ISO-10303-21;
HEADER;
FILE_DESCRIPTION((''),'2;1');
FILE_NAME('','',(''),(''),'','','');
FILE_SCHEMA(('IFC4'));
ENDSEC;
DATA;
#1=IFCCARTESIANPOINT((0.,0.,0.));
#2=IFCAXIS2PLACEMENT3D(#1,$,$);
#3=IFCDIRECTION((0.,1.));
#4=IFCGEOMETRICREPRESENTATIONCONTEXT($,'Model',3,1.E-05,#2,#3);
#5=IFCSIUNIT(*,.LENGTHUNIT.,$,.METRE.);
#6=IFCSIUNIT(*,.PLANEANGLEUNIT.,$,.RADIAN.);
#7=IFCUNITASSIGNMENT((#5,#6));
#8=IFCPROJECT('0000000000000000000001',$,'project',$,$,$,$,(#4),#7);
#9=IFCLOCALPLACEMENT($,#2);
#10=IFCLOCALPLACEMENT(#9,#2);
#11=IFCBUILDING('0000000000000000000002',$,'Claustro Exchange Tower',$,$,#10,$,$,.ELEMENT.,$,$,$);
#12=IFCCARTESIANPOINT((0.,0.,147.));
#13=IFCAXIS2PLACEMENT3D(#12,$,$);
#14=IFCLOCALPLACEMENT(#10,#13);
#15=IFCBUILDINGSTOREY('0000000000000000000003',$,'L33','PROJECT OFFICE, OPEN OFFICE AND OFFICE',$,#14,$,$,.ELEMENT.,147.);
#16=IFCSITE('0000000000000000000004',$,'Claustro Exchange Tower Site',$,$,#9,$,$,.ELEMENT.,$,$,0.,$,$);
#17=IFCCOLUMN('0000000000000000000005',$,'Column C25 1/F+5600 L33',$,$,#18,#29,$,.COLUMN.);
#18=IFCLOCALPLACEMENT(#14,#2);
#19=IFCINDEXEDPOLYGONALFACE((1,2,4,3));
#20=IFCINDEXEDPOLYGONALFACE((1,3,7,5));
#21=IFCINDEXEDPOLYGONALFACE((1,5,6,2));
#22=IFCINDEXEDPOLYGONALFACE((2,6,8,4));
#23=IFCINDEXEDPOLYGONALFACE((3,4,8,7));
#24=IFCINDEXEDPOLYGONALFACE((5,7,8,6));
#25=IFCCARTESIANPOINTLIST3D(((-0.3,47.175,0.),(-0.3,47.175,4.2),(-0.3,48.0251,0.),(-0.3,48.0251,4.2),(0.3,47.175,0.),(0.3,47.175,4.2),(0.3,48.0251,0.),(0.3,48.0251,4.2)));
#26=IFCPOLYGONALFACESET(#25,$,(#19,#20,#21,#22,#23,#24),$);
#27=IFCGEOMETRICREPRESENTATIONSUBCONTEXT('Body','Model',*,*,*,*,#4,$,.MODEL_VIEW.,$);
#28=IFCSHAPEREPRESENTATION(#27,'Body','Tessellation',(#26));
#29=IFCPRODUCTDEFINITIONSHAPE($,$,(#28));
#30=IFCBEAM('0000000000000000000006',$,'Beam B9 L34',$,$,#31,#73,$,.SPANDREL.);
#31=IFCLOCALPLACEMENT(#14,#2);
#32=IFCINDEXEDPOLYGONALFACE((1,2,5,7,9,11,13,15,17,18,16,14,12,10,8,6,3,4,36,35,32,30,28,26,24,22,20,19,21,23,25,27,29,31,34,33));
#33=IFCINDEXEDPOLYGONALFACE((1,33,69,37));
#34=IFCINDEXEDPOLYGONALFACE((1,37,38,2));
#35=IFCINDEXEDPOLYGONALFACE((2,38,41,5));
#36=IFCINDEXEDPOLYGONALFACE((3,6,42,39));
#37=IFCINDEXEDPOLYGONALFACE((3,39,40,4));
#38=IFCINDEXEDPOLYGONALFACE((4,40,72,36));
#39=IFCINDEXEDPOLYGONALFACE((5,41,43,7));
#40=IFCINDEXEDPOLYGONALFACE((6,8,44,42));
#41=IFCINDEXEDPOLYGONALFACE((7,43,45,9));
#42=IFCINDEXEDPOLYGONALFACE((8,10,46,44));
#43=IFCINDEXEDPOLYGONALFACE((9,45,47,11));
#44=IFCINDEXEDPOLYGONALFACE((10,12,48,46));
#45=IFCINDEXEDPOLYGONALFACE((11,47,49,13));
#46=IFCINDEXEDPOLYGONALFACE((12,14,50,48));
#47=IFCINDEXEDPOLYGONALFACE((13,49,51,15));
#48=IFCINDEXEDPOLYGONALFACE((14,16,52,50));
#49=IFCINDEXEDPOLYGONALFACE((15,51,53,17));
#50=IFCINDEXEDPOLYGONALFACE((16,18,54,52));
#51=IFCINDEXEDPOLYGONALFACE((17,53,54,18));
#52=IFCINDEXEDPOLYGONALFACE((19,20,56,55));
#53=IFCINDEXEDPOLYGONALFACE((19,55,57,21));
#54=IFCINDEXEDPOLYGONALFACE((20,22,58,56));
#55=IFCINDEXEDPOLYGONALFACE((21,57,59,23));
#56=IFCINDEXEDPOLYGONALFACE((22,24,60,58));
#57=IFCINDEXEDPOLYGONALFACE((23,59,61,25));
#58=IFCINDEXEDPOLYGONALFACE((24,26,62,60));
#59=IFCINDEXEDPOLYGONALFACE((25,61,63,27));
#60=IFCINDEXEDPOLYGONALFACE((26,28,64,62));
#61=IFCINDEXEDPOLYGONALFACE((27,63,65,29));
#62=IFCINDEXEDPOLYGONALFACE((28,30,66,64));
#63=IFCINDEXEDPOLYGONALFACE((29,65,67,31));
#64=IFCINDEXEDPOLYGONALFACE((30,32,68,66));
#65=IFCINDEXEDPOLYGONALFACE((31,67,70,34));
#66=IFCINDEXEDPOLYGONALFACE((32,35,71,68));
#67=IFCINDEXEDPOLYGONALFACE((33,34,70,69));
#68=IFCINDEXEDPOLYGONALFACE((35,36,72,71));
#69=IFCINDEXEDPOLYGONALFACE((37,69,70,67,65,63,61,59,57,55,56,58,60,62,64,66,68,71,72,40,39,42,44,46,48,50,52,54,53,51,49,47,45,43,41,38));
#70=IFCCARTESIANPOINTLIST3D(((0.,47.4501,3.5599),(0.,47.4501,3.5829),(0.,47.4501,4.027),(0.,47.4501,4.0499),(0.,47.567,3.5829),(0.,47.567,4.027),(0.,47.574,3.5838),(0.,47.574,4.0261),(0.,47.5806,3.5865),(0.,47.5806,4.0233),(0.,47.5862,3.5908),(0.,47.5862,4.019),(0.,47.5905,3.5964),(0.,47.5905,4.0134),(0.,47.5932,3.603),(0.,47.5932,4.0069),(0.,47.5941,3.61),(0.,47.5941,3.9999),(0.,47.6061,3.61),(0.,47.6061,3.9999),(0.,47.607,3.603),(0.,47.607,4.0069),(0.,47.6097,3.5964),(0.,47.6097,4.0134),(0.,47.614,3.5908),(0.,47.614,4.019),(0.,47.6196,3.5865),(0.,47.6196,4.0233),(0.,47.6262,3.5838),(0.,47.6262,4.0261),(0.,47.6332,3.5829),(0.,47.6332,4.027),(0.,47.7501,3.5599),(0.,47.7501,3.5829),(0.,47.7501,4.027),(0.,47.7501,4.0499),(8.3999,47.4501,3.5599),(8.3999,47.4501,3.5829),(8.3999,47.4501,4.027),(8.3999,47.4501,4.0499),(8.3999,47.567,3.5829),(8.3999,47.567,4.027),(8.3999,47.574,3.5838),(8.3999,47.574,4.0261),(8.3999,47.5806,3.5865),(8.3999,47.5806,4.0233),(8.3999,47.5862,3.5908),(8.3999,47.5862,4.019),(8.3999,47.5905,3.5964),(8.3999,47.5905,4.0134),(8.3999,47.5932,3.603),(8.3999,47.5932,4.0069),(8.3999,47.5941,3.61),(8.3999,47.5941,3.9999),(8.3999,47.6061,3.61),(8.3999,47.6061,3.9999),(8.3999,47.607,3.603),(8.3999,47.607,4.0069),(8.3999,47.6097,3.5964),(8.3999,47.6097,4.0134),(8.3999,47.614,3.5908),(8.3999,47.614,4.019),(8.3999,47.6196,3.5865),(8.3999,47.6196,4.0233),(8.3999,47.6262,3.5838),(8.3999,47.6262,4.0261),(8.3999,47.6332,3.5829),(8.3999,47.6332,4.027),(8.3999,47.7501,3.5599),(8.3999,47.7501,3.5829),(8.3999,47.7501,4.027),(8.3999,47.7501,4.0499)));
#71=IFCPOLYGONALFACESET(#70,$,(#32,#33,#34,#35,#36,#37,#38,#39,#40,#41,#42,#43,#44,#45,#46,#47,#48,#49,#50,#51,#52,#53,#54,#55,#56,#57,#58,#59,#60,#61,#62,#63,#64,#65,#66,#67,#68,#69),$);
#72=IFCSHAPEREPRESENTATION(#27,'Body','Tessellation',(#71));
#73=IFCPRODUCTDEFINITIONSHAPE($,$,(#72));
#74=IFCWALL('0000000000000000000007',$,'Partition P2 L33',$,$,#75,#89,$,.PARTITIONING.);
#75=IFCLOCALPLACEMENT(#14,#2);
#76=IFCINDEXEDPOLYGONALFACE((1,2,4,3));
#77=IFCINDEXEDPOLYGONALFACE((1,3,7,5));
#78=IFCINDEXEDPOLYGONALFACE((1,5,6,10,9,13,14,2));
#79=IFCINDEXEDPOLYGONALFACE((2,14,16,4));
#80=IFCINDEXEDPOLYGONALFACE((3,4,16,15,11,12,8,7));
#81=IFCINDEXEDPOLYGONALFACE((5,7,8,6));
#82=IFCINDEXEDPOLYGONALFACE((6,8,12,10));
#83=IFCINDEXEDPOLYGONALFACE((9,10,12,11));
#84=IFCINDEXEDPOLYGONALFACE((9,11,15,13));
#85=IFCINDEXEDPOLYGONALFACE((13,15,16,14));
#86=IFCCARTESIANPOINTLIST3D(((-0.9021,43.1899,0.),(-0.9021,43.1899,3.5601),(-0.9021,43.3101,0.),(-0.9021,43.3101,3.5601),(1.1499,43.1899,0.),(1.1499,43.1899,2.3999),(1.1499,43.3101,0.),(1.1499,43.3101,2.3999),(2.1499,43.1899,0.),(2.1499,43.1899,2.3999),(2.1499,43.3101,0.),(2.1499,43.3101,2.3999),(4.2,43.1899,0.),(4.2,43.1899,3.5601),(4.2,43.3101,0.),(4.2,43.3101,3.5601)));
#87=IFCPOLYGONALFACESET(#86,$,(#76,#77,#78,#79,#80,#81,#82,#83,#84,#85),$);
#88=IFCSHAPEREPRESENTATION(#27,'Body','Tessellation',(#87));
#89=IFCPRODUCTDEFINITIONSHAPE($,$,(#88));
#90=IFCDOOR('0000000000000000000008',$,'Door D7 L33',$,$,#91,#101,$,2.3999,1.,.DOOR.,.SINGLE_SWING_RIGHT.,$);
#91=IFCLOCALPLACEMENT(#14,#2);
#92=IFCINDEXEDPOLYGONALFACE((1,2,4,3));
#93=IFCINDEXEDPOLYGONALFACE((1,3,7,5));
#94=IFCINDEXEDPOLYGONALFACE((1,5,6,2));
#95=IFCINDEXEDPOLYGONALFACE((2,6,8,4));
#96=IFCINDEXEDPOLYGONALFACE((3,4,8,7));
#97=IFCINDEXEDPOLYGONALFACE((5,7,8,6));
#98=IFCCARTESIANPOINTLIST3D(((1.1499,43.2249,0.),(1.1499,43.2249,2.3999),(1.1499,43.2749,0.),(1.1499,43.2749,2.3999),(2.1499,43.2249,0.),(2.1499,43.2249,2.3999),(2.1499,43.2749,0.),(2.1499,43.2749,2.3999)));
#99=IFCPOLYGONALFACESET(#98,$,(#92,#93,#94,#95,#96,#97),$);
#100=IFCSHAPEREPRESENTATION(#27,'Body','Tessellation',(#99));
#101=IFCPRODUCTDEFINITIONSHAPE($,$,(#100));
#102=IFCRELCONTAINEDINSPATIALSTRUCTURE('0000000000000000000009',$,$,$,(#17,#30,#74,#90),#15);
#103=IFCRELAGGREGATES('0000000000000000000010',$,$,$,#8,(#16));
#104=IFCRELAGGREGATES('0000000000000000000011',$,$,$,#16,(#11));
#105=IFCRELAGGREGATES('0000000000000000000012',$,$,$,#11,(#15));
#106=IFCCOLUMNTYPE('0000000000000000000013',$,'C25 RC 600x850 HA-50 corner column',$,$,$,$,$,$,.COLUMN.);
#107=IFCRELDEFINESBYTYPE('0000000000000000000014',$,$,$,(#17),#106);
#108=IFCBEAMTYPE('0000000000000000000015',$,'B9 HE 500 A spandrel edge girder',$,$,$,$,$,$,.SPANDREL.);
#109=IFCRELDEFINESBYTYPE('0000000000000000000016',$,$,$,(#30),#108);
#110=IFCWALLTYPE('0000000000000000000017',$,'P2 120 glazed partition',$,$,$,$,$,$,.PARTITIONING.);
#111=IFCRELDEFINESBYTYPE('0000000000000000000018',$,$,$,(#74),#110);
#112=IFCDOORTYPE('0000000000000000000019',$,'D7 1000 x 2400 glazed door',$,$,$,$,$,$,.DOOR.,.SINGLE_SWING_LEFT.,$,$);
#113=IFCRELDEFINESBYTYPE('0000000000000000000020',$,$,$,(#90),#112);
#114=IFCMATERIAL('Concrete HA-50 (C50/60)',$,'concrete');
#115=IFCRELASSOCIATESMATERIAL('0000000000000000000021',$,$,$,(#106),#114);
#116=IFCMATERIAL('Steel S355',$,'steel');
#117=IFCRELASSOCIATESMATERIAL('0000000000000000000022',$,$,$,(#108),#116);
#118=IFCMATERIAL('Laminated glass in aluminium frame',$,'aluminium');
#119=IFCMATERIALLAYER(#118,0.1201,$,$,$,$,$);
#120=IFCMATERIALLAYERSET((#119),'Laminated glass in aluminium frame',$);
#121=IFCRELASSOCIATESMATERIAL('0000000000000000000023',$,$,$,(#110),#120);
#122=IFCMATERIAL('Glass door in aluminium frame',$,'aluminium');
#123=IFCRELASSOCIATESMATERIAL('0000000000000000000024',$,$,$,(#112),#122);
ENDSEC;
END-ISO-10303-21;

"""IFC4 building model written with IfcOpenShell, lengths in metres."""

from ifc_helpers import new_model, si_unit, direction, frame, frame_2d, origin, origin_2d, place, context, subcontext, project, spatial, rectangle, i_section, extrude, material, layer, layer_set, material_profile, profile_set, type_object, element, fill, save


model = new_model("IFC4")

# Units and contexts
model_context = context("Model", 3, precision=1e-05, world=origin(), true_north=direction((0.0, 1.0)))
body_context = subcontext(model_context, "Body", "Model", "MODEL_VIEW")
ifc_project = project(units=[si_unit("LENGTHUNIT", "METRE"), si_unit("PLANEANGLEUNIT", "RADIAN")], contexts=[model_context])

# Site, building, storey
site_placement = place(None, origin())
site = spatial("IfcSite", under=ifc_project, at=site_placement, Name="Claustro Exchange Tower Site", CompositionType="ELEMENT", RefElevation=0.0)
building_placement = place(site_placement, origin())
building = spatial("IfcBuilding", under=site, at=building_placement, Name="Claustro Exchange Tower", CompositionType="ELEMENT")
storey_placement = place(building_placement, frame((0.0, 0.0, 147.0)))
storey = spatial("IfcBuildingStorey", under=building, at=storey_placement, Name="L33", Description="PROJECT OFFICE, OPEN OFFICE AND OFFICE", CompositionType="ELEMENT", Elevation=147.0)

# Column
ifc_material_1 = material(Name="Concrete HA-50 (C50/60)", Category="concrete")
ifc_material_profile_1 = material_profile(ifc_material_1, rectangle(XDim=0.6001, YDim=0.8501, at=origin_2d()), Name="RC 600x850")
ifc_profile_set_1 = profile_set([ifc_material_profile_1], Name="Concrete HA-50 (C50/60)")
column_type = type_object("IfcColumnType", Name="C25 RC 600x850 HA-50 corner column", PredefinedType="COLUMN", material=ifc_profile_set_1)
column_placement = place(storey_placement, frame((0.0, 47.6001, 0.0), z_axis=(0.0, 0.0, 1.0), x_axis=(1.0, 0.0, 0.0)))
element("IfcColumn", 1, at=column_placement, inside=storey, type_object=column_type, Name="Column C25 1/F+5600 L33", PredefinedType="COLUMN", context=body_context, shape_type="SweptSolid", body=[
    extrude(rectangle(XDim=0.6001, YDim=0.8501, at=origin_2d()), origin(), (0.0, 0.0, 1.0), 4.2),
])

# Beam
ifc_material_2 = material(Name="Steel S355", Category="steel")
ifc_material_profile_2 = material_profile(ifc_material_2, i_section(OverallWidth=0.3, OverallDepth=0.49, WebThickness=0.012, FlangeThickness=0.0229, FilletRadius=0.0271, at=origin_2d()), Name="HE 500 A")
ifc_profile_set_2 = profile_set([ifc_material_profile_2], Name="Steel S355")
beam_type = type_object("IfcBeamType", Name="B9 HE 500 A spandrel edge girder", PredefinedType="SPANDREL", material=ifc_profile_set_2)
beam_placement = place(storey_placement, frame((0.0, 47.6001, 3.8049), z_axis=(1.0, 0.0, 0.0), x_axis=(0.0, 1.0, 0.0)))
element("IfcBeam", 2, at=beam_placement, inside=storey, type_object=beam_type, Name="Beam B9 L34", PredefinedType="SPANDREL", context=body_context, shape_type="SweptSolid", body=[
    extrude(i_section(OverallWidth=0.3, OverallDepth=0.49, WebThickness=0.012, FlangeThickness=0.0229, FilletRadius=0.0271, at=origin_2d()), origin(), (0.0, 0.0, 1.0), 8.3999),
])

# Wall, opening, door
ifc_material_3 = material(Name="Laminated glass in aluminium frame", Category="aluminium")
ifc_layer_1 = layer(ifc_material_3, 0.1201)
ifc_layer_set_1 = layer_set([ifc_layer_1], Name="Laminated glass in aluminium frame")
wall_type_1 = type_object("IfcWallType", Name="P2 120 glazed partition", PredefinedType="PARTITIONING", material=ifc_layer_set_1)
wall_1_placement = place(storey_placement, frame((-0.9021, 43.25, 0.0), z_axis=(0.0, 0.0, 1.0), x_axis=(1.0, 0.0, 0.0)))
wall_1 = element("IfcWall", 3, at=wall_1_placement, inside=storey, type_object=wall_type_1, Name="Partition P2 L33", PredefinedType="PARTITIONING", context=body_context, shape_type="SweptSolid", body=[
    extrude(rectangle(XDim=5.1021, YDim=0.1201, at=frame_2d((2.551, 0.0))), origin(), (0.0, 0.0, 1.0), 3.5601),
])
opening_1_placement = place(wall_1_placement, frame((2.052, 0.0, 0.0)))
opening_1 = element("IfcOpeningElement", 4, at=opening_1_placement, cuts=wall_1, PredefinedType="OPENING", context=body_context, shape_type="SweptSolid", body=[
    extrude(rectangle(XDim=1.0, YDim=2.3999, at=frame_2d((0.5, 1.2))), frame((0.0, 0.0701, 0.0), z_axis=(0.0, -1.0, 0.0), x_axis=(1.0, 0.0, 0.0)), (0.0, 0.0, 1.0), 0.1401),
])
ifc_material_4 = material(Name="Glass door in aluminium frame", Category="aluminium")
door_type = type_object("IfcDoorType", Name="D7 1000 x 2400 glazed door", OperationType="SINGLE_SWING_LEFT", PredefinedType="DOOR", material=ifc_material_4)
door_1_placement = place(opening_1_placement, origin())
door_1 = element("IfcDoor", 5, at=door_1_placement, inside=storey, type_object=door_type, Name="Door D7 L33", OperationType="SINGLE_SWING_RIGHT", OverallHeight=2.3999, OverallWidth=1.0, PredefinedType="DOOR", context=body_context, shape_type="SweptSolid", body=[
    extrude(rectangle(XDim=1.0, YDim=2.3999, at=frame_2d((0.5, 1.2))), frame((0.0, 0.0249, 0.0), z_axis=(0.0, -1.0, 0.0), x_axis=(1.0, 0.0, 0.0)), (0.0, 0.0, 1.0), 0.05),
])
fill(opening_1, door_1)

save(model, "model.ifc")
